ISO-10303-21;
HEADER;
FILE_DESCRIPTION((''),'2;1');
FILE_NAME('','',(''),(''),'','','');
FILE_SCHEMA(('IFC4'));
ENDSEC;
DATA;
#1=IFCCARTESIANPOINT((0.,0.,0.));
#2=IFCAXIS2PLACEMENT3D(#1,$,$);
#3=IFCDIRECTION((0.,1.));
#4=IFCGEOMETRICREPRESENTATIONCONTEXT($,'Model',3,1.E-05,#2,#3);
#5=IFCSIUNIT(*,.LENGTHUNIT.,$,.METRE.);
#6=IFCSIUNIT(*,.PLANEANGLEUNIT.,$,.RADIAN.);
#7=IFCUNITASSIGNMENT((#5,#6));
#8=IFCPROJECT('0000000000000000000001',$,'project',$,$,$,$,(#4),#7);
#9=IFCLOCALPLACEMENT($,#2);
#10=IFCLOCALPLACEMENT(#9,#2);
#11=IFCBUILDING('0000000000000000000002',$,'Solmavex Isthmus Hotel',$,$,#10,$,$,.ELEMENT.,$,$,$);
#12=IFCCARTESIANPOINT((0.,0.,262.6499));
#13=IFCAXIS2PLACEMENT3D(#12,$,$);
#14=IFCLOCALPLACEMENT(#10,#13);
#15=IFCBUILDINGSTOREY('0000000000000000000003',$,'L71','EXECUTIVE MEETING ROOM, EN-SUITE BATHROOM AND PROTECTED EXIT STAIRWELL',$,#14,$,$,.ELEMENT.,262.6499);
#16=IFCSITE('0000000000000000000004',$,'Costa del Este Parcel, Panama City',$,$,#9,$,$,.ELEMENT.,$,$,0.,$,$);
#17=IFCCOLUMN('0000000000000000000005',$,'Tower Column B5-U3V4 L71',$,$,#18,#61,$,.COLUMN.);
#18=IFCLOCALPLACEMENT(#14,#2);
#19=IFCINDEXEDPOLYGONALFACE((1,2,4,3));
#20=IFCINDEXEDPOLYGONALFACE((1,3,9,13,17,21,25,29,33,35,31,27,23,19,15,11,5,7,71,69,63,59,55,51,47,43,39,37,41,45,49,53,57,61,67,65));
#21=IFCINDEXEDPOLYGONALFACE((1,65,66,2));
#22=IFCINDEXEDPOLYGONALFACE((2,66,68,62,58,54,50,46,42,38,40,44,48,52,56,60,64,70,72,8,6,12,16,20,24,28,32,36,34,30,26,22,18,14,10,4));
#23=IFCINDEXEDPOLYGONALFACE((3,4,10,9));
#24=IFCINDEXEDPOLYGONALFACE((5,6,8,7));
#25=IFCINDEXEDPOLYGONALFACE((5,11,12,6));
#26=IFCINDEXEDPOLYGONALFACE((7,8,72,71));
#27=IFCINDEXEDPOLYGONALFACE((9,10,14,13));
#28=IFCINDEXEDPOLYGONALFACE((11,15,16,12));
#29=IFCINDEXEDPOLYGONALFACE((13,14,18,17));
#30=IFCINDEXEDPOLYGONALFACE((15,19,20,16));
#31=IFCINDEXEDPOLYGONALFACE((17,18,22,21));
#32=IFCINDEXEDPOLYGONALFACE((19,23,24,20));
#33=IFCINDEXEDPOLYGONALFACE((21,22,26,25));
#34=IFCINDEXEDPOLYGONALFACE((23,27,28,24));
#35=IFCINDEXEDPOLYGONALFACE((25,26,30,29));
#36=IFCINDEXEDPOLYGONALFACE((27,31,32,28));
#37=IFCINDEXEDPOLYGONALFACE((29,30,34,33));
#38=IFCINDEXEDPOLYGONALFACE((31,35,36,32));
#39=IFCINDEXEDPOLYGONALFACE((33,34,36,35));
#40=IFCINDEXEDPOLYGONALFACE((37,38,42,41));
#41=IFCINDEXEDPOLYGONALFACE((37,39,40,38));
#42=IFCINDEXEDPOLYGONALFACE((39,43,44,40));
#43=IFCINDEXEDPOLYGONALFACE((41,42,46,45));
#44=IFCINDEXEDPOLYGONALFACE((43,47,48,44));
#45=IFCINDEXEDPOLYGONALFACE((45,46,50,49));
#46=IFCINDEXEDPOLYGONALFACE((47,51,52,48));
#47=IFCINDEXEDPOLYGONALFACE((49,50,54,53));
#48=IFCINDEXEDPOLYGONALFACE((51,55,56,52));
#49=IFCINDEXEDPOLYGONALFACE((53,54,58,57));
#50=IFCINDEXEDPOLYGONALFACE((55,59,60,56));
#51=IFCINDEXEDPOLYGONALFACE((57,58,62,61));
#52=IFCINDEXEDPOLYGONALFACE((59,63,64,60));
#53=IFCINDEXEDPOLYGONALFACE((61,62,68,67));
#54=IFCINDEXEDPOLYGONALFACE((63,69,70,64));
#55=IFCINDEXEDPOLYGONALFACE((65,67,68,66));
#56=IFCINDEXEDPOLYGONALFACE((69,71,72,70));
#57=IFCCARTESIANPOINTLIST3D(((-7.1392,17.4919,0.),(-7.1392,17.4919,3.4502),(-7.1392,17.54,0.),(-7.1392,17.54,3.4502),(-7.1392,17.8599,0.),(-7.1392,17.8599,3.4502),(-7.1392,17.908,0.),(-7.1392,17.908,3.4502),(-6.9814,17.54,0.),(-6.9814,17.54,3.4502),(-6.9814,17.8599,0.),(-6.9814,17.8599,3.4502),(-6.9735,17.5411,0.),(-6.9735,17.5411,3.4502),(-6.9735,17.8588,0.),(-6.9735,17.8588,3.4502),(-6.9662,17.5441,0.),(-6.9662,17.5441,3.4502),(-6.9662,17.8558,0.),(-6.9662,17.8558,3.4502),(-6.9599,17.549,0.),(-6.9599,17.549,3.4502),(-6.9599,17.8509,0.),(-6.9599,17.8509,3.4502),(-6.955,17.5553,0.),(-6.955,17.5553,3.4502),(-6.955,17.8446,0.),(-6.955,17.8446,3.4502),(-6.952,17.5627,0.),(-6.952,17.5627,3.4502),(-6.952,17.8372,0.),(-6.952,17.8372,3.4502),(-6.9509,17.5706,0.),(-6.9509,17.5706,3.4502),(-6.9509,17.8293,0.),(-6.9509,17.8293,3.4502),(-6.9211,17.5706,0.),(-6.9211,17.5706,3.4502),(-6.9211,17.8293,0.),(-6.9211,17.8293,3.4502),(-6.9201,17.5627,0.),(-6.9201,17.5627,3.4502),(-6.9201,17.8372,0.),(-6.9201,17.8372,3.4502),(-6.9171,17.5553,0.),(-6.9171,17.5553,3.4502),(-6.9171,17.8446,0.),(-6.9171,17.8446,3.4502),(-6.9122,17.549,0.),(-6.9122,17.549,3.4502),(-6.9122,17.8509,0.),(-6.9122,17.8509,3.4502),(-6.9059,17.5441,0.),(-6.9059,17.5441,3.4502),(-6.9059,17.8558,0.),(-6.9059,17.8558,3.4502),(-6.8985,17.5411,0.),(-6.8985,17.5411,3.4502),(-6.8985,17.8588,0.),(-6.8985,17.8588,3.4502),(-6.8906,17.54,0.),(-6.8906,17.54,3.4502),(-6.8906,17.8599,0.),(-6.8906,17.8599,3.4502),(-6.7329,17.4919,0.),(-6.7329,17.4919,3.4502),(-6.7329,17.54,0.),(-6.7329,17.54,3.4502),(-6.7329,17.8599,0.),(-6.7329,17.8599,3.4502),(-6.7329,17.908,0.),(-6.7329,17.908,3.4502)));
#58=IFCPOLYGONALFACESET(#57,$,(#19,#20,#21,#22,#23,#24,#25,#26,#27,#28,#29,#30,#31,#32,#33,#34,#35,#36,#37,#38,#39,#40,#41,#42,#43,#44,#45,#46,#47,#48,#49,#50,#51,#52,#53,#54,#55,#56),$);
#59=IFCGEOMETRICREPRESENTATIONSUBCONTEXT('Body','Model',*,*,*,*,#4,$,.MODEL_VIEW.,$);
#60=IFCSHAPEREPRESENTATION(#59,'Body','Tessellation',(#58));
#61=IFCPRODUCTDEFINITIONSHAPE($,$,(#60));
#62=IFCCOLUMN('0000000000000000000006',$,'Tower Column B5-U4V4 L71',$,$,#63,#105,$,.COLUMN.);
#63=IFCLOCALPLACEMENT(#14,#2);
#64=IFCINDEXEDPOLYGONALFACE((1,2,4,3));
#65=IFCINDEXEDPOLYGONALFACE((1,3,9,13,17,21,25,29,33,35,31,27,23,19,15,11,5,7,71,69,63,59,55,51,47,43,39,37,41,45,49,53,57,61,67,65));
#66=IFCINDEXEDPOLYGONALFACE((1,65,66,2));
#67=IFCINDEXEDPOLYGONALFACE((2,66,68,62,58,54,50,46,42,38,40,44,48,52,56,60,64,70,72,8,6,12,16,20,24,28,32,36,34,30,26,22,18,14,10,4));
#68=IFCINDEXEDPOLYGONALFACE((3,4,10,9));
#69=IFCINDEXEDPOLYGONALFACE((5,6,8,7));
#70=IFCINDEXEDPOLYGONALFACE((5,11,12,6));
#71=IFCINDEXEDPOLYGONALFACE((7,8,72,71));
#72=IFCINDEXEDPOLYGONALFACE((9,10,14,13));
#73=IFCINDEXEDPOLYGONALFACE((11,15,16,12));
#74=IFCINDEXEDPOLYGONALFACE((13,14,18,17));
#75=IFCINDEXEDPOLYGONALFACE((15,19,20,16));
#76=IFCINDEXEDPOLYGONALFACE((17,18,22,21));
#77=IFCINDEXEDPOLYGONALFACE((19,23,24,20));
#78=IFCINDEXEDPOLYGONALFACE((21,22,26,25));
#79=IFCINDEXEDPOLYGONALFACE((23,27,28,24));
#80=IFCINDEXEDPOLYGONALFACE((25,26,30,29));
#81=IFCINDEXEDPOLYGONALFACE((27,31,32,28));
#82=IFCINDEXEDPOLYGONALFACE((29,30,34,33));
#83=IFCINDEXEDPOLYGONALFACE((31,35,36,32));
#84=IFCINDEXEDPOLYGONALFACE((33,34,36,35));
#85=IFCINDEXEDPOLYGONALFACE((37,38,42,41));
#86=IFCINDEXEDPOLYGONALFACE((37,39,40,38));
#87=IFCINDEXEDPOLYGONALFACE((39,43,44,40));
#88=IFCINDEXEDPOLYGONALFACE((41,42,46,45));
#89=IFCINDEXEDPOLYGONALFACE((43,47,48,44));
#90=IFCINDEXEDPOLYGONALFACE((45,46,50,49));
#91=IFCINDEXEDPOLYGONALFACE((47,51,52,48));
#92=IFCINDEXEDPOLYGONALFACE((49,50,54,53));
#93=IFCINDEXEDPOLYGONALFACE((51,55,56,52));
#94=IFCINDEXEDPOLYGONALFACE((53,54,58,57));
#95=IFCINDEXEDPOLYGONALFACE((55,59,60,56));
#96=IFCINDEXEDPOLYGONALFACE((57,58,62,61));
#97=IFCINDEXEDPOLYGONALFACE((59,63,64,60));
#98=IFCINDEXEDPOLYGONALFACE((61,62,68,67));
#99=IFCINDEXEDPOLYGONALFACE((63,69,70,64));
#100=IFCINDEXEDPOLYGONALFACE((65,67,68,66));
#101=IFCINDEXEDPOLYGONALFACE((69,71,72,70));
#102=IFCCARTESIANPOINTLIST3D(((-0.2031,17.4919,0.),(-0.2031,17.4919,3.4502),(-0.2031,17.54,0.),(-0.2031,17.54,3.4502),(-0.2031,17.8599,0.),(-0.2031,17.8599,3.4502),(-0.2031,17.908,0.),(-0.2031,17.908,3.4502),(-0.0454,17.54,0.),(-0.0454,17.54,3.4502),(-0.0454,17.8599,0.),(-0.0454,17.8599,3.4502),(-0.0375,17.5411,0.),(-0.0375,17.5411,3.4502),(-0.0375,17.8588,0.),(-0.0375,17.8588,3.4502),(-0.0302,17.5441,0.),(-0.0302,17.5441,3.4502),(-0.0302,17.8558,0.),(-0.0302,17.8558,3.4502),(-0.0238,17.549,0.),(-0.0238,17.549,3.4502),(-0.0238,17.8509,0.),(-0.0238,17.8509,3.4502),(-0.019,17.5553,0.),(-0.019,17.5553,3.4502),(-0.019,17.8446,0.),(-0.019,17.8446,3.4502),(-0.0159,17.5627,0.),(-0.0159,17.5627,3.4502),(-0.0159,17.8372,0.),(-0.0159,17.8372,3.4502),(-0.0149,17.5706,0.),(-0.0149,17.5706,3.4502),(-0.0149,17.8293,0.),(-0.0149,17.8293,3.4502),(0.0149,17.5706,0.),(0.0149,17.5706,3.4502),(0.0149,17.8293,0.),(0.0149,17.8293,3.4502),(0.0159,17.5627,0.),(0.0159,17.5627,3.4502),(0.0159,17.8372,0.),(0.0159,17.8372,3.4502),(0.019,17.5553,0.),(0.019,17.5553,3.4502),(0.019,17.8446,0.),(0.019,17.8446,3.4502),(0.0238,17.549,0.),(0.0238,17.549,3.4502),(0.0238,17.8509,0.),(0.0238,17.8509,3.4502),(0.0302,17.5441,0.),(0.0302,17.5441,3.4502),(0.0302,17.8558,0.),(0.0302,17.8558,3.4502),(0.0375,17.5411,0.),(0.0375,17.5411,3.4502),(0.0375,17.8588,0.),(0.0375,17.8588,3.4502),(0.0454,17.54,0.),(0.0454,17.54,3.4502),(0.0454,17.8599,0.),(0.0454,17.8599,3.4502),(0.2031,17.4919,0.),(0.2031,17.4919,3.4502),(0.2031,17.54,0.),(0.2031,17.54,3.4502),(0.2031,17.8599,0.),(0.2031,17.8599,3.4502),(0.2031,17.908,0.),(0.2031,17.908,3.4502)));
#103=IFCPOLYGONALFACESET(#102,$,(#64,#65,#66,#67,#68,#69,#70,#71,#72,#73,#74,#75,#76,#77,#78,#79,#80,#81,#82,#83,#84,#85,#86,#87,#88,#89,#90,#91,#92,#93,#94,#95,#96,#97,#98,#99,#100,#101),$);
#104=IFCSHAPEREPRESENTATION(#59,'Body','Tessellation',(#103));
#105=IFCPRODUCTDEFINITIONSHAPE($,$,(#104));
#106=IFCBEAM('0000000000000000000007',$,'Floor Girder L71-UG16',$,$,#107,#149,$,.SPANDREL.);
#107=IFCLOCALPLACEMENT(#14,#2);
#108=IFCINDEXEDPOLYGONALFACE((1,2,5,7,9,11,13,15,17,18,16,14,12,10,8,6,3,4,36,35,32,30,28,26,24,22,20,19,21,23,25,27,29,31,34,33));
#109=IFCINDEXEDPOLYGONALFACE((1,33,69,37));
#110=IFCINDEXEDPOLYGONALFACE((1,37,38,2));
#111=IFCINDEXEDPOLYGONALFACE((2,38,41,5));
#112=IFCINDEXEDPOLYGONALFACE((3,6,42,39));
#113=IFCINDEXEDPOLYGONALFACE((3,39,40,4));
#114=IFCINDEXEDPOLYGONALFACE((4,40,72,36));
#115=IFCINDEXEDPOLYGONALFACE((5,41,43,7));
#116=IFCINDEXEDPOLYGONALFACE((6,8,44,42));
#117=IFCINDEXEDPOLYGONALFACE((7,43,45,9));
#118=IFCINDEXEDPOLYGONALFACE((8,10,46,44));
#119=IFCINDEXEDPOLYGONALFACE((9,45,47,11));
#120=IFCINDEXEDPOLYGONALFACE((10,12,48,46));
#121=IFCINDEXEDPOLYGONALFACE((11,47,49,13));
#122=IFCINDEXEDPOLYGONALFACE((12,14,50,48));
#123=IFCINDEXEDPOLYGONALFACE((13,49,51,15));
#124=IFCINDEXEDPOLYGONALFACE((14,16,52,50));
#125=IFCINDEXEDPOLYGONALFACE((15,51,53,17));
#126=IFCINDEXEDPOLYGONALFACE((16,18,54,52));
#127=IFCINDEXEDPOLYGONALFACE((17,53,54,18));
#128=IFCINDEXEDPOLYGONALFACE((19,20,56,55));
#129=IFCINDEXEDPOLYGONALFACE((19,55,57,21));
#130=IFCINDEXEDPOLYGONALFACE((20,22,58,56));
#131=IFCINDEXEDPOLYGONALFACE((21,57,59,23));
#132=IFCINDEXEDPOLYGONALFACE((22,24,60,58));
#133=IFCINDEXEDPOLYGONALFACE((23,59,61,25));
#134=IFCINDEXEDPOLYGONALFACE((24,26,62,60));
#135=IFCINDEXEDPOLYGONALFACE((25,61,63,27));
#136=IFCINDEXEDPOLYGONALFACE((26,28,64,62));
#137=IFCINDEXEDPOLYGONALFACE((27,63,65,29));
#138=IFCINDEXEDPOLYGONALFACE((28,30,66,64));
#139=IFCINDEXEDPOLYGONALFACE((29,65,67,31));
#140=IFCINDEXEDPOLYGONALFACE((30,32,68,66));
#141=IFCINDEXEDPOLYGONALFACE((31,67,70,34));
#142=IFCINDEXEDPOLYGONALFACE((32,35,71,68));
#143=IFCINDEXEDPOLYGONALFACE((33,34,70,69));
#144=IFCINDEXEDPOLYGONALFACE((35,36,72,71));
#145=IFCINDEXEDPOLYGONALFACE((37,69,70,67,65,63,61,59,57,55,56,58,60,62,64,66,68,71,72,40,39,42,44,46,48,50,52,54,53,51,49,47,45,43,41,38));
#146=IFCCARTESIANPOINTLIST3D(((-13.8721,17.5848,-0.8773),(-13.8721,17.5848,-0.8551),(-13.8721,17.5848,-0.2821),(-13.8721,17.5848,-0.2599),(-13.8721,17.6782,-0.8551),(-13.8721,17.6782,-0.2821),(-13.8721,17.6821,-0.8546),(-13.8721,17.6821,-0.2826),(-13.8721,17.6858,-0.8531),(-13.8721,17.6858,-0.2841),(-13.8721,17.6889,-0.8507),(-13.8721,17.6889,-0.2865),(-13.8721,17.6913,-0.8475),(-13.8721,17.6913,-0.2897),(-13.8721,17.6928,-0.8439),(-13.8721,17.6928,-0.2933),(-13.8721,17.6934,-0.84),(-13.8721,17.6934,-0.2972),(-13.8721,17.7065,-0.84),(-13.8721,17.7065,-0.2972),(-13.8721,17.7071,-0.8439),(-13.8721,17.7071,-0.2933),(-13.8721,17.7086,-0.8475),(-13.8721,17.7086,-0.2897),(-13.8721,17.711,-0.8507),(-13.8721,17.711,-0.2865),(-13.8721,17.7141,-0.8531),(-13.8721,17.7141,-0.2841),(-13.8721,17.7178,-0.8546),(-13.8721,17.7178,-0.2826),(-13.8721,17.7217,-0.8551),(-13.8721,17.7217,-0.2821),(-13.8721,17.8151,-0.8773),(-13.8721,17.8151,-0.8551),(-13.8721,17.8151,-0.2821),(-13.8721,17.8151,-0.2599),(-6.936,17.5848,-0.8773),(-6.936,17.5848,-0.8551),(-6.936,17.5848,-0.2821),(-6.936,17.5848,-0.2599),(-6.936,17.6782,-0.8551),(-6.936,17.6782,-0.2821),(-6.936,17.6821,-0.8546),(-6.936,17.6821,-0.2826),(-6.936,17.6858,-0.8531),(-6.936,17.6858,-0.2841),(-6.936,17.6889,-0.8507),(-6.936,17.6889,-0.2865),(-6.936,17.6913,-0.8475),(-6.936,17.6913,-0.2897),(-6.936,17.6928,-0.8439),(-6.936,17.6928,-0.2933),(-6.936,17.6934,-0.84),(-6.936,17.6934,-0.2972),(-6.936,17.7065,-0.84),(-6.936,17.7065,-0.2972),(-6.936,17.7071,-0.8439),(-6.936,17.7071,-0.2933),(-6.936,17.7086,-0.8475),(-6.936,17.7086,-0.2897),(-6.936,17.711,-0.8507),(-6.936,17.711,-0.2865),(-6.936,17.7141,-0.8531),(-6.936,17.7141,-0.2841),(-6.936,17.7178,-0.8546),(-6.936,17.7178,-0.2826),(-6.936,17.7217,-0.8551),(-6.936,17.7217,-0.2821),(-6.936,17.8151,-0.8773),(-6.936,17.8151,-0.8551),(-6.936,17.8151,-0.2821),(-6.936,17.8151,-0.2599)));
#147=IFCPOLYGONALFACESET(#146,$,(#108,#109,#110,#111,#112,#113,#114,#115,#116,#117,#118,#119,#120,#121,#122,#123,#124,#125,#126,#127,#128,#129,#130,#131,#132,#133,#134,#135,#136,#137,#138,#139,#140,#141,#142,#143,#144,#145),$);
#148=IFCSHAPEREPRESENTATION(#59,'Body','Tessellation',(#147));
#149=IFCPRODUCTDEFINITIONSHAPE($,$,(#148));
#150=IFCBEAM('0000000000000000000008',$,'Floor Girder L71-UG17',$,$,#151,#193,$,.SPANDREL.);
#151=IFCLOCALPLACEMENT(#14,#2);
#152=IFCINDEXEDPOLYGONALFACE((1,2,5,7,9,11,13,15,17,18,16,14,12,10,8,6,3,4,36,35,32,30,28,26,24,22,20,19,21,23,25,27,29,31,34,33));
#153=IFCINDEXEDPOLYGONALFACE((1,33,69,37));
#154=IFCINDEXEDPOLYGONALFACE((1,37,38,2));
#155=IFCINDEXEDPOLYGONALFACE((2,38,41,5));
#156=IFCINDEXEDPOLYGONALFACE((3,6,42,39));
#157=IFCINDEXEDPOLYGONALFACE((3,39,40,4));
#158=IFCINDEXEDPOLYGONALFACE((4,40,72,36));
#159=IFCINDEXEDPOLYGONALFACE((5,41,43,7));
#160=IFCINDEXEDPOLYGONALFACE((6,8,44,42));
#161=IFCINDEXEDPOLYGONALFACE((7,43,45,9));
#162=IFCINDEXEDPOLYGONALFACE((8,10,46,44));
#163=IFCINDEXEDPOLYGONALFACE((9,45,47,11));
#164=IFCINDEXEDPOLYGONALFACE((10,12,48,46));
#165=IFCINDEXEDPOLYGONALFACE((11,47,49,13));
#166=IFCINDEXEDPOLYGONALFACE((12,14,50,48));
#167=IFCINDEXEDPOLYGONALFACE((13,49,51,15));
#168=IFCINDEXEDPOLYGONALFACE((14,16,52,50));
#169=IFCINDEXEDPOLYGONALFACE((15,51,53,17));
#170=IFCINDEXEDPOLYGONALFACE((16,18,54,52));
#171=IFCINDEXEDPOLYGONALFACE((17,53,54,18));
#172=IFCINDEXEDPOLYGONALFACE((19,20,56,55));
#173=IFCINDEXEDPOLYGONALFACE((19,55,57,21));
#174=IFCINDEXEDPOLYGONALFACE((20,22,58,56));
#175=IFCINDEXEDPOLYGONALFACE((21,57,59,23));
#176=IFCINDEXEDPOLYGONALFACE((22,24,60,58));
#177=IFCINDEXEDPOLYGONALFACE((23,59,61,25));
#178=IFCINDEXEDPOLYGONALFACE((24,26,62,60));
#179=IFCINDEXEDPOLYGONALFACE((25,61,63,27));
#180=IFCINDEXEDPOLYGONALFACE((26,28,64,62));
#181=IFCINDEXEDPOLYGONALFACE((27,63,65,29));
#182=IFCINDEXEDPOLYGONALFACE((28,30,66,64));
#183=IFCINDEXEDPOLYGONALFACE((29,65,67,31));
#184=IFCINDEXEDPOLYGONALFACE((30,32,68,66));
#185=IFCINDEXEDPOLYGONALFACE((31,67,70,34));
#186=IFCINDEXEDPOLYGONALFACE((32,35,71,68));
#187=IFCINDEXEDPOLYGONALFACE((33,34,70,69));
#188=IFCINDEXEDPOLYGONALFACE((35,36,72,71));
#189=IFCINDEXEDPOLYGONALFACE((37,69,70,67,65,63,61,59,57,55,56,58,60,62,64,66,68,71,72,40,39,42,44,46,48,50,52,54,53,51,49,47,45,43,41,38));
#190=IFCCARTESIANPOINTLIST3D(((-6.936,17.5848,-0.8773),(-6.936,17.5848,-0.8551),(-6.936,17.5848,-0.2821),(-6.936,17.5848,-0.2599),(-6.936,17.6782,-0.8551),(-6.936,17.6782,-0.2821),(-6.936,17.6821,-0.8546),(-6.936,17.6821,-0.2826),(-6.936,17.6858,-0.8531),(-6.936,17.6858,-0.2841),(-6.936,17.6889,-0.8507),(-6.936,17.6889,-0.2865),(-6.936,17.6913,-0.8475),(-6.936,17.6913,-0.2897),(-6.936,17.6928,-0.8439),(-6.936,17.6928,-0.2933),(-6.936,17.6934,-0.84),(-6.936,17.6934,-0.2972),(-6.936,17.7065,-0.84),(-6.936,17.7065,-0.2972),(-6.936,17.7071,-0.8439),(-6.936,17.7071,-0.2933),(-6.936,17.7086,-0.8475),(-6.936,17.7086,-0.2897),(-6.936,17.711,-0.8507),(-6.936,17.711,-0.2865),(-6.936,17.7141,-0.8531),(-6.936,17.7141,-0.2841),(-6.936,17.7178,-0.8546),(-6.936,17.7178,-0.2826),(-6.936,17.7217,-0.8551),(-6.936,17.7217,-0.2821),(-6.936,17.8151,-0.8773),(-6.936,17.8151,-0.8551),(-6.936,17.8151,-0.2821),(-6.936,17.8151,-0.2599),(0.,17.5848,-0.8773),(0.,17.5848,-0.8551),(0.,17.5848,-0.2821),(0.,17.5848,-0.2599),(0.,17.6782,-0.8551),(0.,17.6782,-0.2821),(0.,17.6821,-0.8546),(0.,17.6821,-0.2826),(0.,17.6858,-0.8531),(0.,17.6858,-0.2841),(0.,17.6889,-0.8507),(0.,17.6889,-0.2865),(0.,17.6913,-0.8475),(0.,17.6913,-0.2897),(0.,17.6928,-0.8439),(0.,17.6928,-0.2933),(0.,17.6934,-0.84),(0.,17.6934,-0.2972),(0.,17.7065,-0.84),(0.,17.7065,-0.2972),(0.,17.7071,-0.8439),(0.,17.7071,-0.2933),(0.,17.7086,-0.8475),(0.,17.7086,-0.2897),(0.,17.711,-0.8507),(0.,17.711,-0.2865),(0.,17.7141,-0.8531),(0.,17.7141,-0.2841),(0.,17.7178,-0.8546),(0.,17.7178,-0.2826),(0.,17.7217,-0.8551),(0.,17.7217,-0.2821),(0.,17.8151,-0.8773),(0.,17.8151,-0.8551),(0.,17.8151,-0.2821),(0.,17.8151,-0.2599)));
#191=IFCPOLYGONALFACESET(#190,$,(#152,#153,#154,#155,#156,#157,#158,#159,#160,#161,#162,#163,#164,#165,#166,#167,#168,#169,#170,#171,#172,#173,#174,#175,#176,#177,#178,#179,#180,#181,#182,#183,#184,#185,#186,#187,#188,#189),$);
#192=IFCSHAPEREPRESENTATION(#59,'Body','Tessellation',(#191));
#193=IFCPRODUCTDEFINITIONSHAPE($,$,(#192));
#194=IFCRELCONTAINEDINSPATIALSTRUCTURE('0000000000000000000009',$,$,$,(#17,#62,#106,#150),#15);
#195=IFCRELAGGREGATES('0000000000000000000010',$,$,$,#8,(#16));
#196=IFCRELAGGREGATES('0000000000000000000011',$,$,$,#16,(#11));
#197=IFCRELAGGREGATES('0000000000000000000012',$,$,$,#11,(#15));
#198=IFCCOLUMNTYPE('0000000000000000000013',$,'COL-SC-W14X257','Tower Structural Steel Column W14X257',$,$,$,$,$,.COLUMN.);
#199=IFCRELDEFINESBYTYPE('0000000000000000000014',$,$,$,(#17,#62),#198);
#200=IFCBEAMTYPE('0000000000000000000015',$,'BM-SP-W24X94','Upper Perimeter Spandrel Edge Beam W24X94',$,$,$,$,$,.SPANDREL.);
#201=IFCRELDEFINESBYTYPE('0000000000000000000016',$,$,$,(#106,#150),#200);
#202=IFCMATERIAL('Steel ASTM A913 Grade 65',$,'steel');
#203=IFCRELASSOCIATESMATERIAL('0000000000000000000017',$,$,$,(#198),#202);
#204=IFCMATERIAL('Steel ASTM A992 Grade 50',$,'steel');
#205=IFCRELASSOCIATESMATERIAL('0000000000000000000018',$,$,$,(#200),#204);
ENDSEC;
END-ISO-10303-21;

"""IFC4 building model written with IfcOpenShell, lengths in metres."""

from ifc_helpers import new_model, si_unit, direction, frame, origin, origin_2d, place, context, subcontext, project, spatial, i_section, extrude, material, material_profile, profile_set, type_object, element, save


model = new_model("IFC4")

# Units and contexts
model_context = context("Model", 3, precision=1e-05, world=origin(), true_north=direction((0.0, 1.0)))
body_context = subcontext(model_context, "Body", "Model", "MODEL_VIEW")
ifc_project = project(units=[si_unit("LENGTHUNIT", "METRE"), si_unit("PLANEANGLEUNIT", "RADIAN")], contexts=[model_context])

# Site, building, storey
site_placement = place(None, origin())
site = spatial("IfcSite", under=ifc_project, at=site_placement, Name="Costa del Este Parcel, Panama City", CompositionType="ELEMENT", RefElevation=0.0)
building_placement = place(site_placement, origin())
building = spatial("IfcBuilding", under=site, at=building_placement, Name="Solmavex Isthmus Hotel", CompositionType="ELEMENT")
storey_placement = place(building_placement, frame((0.0, 0.0, 262.6499)))
storey = spatial("IfcBuildingStorey", under=building, at=storey_placement, Name="L71", Description="EXECUTIVE MEETING ROOM, EN-SUITE BATHROOM AND PROTECTED EXIT STAIRWELL", CompositionType="ELEMENT", Elevation=262.6499)

# Columns
ifc_material_1 = material(Name="Steel ASTM A913 Grade 65", Category="steel")
ifc_material_profile_1 = material_profile(ifc_material_1, i_section(OverallWidth=0.4062, OverallDepth=0.416, WebThickness=0.0298, FlangeThickness=0.0481, FilletRadius=0.0305, at=origin_2d()), Name="W14X257")
ifc_profile_set_1 = profile_set([ifc_material_profile_1], Name="Steel ASTM A913 Grade 65")
column_type = type_object("IfcColumnType", Name="COL-SC-W14X257", Description="Tower Structural Steel Column W14X257", PredefinedType="COLUMN", material=ifc_profile_set_1)
for number, where, z_axis, x_axis, name in (
    (1, (-6.936, 17.7, 0.0), (0.0, 0.0, 1.0), (1.0, 0.0, 0.0), "Tower Column B5-U3V4 L71"),
    (2, (0.0, 17.7, 0.0), (0.0, 0.0, 1.0), (1.0, 0.0, 0.0), "Tower Column B5-U4V4 L71"),
):
    element("IfcColumn", number, at=place(storey_placement, frame(where, z_axis=z_axis, x_axis=x_axis)), inside=storey, type_object=column_type, Name=name, PredefinedType="COLUMN", context=body_context, shape_type="SweptSolid", body=[
        extrude(i_section(OverallWidth=0.4062, OverallDepth=0.416, WebThickness=0.0298, FlangeThickness=0.0481, FilletRadius=0.0305, at=origin_2d()), origin(), (0.0, 0.0, 1.0), 3.4502),
    ])

# Beams
ifc_material_2 = material(Name="Steel ASTM A992 Grade 50", Category="steel")
ifc_material_profile_2 = material_profile(ifc_material_2, i_section(OverallWidth=0.2302, OverallDepth=0.6174, WebThickness=0.0132, FlangeThickness=0.0222, FilletRadius=0.0151, at=origin_2d()), Name="W24X94")
ifc_profile_set_2 = profile_set([ifc_material_profile_2], Name="Steel ASTM A992 Grade 50")
beam_type = type_object("IfcBeamType", Name="BM-SP-W24X94", Description="Upper Perimeter Spandrel Edge Beam W24X94", PredefinedType="SPANDREL", material=ifc_profile_set_2)
for number, where, z_axis, x_axis, name in (
    (3, (-13.8721, 17.7, -0.5686), (1.0, 0.0, 0.0), (0.0, 1.0, 0.0), "Floor Girder L71-UG16"),
    (4, (-6.936, 17.7, -0.5686), (1.0, 0.0, 0.0), (0.0, 1.0, 0.0), "Floor Girder L71-UG17"),
):
    element("IfcBeam", number, at=place(storey_placement, frame(where, z_axis=z_axis, x_axis=x_axis)), inside=storey, type_object=beam_type, Name=name, PredefinedType="SPANDREL", context=body_context, shape_type="SweptSolid", body=[
        extrude(i_section(OverallWidth=0.2302, OverallDepth=0.6174, WebThickness=0.0132, FlangeThickness=0.0222, FilletRadius=0.0151, at=origin_2d()), origin(), (0.0, 0.0, 1.0), 6.936),
    ])

save(model, "model.ifc")
